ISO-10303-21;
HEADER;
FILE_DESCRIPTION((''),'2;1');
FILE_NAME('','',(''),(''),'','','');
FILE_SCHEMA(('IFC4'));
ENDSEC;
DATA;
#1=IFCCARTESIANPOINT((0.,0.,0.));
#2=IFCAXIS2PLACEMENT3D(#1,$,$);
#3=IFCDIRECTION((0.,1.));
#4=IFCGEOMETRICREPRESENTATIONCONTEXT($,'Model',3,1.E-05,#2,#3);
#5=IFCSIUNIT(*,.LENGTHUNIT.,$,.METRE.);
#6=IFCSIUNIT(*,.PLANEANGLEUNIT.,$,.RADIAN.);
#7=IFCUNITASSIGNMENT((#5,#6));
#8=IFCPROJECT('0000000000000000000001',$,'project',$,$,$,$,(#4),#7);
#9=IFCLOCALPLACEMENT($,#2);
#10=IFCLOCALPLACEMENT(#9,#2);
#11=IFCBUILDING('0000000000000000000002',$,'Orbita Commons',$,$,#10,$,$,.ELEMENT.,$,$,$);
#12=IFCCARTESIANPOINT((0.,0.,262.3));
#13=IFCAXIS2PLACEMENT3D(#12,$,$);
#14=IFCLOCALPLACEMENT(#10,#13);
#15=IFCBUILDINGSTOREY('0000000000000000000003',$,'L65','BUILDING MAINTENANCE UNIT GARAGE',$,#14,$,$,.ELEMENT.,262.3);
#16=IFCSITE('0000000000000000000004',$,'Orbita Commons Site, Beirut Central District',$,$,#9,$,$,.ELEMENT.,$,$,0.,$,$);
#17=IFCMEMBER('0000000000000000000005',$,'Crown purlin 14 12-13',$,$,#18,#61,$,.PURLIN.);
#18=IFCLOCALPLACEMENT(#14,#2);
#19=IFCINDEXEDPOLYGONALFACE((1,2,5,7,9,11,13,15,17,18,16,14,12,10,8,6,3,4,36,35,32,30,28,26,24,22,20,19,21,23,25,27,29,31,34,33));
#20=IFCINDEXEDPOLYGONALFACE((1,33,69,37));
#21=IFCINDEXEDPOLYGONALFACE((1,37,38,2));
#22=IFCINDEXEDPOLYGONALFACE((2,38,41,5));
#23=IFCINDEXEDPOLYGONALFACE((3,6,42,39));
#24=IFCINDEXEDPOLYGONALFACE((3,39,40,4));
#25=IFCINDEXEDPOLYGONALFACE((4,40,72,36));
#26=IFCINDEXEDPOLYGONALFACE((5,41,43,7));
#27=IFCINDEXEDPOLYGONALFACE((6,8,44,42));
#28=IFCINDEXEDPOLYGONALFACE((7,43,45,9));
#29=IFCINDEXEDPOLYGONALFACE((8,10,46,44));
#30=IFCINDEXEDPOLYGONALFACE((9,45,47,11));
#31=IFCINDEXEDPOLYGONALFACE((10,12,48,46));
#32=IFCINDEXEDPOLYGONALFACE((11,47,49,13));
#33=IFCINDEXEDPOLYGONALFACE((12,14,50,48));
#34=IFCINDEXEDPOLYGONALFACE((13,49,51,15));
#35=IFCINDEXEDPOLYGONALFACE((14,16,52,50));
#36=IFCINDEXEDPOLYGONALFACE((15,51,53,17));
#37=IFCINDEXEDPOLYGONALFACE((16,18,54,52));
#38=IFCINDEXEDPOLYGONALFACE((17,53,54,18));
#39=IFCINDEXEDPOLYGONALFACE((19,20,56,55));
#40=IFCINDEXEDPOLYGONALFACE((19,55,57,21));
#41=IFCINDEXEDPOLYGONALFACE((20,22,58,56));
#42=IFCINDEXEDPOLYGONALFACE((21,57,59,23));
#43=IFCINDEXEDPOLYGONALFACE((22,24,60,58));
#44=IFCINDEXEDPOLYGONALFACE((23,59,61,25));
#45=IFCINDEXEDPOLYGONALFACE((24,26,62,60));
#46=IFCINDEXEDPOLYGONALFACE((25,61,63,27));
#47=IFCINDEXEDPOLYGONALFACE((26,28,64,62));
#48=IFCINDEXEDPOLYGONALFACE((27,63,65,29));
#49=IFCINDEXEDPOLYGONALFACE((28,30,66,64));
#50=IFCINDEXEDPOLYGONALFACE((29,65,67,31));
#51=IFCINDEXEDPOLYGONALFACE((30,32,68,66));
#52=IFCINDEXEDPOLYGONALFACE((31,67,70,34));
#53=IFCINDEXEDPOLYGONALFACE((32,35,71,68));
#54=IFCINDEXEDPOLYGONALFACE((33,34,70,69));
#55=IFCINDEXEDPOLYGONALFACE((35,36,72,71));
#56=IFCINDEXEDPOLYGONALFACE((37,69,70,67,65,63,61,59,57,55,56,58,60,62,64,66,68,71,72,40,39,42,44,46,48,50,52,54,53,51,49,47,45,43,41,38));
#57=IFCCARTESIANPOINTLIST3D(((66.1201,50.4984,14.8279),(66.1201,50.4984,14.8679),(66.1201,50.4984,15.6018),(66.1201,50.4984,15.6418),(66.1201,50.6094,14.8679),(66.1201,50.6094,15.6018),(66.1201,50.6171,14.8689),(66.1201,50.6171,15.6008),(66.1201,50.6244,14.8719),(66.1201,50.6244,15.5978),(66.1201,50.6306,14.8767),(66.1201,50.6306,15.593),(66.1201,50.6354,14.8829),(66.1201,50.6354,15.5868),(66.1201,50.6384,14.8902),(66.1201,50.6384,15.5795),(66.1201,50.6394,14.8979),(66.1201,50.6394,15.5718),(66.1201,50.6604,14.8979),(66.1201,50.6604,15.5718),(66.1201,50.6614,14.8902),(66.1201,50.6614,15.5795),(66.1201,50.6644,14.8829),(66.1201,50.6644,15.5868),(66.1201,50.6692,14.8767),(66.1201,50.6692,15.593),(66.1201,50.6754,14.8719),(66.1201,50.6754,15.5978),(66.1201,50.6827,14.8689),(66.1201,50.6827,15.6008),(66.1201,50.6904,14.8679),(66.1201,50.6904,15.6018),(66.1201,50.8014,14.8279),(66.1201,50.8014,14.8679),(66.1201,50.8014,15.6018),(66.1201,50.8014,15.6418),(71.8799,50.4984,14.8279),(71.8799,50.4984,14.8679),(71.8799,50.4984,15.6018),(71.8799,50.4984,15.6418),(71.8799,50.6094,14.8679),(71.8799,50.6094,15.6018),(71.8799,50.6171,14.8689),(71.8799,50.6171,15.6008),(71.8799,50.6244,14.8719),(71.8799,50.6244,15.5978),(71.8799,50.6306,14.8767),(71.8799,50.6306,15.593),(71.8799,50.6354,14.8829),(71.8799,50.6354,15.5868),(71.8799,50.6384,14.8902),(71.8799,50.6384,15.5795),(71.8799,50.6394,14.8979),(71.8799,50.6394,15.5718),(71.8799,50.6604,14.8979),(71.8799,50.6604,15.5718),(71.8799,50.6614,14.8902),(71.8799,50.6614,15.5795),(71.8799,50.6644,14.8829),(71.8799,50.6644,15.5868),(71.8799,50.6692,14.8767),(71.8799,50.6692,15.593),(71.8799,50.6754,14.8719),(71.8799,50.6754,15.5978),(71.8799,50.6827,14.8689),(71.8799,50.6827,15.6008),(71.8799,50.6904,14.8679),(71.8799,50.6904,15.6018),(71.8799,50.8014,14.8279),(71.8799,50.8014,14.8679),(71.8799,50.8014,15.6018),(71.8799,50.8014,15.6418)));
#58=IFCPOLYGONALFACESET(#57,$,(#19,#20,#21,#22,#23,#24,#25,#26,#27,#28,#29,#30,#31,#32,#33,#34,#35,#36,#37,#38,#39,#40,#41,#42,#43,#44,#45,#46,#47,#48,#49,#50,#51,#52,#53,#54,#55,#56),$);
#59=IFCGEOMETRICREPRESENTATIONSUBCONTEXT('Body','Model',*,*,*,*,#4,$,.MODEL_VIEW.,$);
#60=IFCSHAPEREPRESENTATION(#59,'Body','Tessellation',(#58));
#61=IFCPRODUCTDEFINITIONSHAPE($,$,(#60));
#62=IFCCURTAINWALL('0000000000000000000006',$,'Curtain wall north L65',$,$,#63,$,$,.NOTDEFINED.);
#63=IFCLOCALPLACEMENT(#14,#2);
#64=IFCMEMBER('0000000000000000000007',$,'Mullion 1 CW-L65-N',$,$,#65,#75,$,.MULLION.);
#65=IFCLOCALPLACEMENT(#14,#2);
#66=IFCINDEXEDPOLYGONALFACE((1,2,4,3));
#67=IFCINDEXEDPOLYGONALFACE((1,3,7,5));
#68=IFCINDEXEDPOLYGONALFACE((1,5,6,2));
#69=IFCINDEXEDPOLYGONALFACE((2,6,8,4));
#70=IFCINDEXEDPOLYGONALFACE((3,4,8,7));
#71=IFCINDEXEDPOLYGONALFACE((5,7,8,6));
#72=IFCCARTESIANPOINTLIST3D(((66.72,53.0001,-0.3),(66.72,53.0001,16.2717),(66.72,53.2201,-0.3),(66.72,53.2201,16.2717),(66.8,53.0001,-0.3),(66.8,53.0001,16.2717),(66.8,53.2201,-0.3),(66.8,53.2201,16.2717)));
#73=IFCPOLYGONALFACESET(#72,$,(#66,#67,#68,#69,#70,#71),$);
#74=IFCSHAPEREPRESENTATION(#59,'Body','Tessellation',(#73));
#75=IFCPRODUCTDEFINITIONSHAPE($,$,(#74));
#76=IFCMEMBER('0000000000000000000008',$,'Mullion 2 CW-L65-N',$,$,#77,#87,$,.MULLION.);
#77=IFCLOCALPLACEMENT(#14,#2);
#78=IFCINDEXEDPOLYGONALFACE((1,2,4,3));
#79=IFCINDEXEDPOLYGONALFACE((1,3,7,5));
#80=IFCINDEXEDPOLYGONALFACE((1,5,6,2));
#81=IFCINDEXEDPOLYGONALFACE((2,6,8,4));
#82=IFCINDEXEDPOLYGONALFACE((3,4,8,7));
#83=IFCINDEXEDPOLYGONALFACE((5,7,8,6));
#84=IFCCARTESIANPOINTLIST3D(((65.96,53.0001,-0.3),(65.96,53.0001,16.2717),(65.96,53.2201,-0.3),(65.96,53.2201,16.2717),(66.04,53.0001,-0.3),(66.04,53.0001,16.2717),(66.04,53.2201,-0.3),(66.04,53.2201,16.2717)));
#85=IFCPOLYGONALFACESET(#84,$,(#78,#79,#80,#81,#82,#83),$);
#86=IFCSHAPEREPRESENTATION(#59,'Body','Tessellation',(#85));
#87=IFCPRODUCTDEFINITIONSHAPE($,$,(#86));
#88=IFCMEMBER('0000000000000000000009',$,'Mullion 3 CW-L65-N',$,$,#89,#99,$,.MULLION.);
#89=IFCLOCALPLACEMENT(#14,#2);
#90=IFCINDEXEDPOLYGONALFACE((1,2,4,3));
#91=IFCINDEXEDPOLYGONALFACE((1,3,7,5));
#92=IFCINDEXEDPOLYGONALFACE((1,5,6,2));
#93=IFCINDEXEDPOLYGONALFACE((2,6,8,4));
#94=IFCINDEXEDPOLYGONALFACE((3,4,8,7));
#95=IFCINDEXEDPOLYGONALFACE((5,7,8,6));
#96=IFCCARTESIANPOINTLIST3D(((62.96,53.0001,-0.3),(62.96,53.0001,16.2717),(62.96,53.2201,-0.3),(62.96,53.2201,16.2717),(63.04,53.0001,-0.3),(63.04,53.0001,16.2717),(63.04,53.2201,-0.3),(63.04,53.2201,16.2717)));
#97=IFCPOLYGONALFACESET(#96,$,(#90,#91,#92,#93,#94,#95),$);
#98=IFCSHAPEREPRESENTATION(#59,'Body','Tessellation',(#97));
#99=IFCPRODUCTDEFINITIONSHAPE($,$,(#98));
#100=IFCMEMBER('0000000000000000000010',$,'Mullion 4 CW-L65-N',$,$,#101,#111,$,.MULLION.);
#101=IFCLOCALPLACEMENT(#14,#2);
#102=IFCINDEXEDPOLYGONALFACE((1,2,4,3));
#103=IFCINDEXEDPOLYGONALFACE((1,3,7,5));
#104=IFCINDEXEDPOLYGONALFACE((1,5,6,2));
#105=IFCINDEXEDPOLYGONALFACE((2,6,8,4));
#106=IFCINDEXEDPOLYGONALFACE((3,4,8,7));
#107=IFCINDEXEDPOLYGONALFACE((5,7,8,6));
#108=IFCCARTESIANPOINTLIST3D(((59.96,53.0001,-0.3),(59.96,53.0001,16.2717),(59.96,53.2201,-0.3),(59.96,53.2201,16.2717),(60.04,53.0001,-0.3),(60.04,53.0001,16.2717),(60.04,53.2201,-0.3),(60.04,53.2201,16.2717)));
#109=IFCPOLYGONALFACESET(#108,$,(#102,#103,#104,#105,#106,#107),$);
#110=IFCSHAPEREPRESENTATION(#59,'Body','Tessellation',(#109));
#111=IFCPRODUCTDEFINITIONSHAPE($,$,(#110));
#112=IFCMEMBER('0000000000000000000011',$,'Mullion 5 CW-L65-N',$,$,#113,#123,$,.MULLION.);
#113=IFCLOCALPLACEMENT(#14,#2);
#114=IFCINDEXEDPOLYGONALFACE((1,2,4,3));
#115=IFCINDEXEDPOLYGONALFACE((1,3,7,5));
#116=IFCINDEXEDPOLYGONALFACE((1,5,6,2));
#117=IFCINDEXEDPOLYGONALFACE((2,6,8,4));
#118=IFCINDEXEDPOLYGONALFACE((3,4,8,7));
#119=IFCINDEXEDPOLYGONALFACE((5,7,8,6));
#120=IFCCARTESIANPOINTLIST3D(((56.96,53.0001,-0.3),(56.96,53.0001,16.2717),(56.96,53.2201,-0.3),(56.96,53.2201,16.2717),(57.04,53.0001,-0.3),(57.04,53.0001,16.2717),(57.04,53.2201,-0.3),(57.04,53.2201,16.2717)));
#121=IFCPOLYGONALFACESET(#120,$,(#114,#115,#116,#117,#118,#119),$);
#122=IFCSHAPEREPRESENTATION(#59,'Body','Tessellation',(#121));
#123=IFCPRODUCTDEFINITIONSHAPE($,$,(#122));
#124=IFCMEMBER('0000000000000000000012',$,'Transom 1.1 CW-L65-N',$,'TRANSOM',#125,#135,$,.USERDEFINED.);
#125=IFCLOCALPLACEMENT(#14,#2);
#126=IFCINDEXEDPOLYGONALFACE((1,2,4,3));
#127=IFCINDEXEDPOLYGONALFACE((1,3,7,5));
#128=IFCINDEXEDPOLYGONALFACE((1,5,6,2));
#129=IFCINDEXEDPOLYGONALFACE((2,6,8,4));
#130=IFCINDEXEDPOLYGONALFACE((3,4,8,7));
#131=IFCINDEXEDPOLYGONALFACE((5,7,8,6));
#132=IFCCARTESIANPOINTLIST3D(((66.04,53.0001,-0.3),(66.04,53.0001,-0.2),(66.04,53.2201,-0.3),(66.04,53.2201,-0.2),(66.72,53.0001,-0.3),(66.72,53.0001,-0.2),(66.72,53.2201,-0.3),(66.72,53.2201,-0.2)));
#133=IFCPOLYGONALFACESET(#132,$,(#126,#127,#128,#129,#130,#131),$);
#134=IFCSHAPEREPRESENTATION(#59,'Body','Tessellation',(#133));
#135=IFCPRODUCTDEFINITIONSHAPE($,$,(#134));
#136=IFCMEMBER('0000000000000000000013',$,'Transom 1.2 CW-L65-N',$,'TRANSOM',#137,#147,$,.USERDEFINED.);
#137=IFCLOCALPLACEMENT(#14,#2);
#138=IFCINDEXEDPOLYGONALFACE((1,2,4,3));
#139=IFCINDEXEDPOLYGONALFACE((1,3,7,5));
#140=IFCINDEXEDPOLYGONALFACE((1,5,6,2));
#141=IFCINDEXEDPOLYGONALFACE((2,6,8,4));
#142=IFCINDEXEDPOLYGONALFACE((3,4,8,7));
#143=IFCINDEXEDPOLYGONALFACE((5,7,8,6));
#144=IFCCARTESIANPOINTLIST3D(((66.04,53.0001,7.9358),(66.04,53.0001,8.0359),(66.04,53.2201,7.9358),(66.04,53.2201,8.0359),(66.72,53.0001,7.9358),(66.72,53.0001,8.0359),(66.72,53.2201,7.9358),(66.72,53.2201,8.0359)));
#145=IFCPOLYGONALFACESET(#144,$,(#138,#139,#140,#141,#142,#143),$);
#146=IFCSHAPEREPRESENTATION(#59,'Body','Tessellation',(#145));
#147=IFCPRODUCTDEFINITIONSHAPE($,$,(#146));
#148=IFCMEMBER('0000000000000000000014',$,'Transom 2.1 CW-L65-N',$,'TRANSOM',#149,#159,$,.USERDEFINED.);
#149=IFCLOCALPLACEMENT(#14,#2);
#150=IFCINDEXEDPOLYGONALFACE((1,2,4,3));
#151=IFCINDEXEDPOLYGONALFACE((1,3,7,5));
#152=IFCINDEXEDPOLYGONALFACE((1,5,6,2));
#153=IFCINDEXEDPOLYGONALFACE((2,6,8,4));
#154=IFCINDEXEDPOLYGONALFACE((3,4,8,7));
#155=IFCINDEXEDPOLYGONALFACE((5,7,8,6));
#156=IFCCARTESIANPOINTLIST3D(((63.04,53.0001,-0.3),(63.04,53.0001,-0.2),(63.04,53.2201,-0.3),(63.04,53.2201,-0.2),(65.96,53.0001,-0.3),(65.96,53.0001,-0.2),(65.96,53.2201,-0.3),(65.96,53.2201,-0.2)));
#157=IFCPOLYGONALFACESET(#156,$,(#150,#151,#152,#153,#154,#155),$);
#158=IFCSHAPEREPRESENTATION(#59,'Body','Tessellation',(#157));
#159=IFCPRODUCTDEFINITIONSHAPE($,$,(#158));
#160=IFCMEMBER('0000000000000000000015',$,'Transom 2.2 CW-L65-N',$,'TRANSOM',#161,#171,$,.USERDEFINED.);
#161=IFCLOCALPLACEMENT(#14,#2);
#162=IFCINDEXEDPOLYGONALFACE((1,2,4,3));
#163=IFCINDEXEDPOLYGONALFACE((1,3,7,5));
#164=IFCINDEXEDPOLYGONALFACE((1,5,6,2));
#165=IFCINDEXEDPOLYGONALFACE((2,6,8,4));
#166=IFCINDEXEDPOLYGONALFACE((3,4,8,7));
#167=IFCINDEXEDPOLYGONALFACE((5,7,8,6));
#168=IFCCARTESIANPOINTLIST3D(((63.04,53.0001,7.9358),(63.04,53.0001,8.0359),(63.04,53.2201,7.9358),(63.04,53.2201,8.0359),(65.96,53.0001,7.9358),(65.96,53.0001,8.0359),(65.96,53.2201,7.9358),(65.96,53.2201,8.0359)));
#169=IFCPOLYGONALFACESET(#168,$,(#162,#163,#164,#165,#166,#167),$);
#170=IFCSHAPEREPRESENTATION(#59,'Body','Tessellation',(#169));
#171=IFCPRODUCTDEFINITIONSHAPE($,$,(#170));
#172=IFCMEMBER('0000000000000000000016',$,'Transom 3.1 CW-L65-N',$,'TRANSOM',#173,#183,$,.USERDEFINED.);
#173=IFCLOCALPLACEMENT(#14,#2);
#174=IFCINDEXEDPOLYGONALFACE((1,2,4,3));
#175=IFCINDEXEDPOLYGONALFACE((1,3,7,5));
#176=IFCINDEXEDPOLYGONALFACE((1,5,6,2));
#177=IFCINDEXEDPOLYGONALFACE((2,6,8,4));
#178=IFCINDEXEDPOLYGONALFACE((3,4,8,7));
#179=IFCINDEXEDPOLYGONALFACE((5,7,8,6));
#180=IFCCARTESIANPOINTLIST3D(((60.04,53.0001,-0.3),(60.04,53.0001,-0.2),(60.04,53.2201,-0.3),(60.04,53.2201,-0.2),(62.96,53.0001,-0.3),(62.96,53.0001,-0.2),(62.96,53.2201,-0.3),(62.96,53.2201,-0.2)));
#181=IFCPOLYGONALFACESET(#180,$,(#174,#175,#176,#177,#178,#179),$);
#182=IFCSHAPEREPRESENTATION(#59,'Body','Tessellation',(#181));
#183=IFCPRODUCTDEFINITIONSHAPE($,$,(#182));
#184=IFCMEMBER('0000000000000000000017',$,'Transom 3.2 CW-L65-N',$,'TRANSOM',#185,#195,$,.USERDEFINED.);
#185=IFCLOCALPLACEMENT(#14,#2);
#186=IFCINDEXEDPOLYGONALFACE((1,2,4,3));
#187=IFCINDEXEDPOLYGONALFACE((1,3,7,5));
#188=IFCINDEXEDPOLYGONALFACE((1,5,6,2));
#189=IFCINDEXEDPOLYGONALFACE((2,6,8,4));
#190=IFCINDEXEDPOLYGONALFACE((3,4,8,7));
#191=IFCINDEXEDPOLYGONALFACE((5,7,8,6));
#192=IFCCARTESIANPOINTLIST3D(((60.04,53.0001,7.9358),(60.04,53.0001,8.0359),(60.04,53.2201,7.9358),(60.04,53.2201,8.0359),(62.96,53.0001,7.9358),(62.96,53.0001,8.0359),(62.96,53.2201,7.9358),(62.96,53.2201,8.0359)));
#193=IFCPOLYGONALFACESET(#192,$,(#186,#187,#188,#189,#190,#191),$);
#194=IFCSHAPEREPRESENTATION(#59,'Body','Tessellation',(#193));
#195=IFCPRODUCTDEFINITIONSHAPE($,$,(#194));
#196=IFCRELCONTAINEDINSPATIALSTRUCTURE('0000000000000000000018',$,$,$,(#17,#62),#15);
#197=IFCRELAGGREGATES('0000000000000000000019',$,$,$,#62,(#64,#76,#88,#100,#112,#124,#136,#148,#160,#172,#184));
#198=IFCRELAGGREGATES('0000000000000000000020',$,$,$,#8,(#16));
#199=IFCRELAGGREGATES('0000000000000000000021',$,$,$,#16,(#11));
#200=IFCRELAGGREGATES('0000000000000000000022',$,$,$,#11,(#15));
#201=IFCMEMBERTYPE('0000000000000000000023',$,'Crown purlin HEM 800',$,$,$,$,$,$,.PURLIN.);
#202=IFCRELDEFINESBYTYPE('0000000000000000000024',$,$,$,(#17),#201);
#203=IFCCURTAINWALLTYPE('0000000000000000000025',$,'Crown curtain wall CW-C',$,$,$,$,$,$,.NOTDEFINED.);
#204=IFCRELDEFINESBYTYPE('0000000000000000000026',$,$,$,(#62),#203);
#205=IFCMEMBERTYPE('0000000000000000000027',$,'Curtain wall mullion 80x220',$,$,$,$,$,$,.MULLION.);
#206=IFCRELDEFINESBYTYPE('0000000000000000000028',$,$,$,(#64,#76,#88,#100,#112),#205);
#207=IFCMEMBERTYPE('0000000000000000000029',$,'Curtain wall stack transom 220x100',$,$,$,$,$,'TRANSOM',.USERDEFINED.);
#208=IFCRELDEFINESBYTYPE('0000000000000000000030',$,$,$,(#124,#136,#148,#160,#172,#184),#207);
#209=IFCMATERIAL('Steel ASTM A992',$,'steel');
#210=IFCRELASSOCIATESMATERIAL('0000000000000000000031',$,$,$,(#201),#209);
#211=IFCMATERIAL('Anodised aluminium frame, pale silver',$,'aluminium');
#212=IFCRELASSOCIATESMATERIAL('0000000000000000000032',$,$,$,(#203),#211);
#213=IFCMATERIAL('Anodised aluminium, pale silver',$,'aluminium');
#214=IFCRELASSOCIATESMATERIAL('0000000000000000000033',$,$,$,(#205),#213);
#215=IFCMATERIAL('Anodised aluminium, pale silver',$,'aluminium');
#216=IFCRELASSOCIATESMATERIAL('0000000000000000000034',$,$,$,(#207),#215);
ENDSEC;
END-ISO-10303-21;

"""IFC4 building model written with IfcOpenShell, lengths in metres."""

from ifc_helpers import new_model, si_unit, direction, frame, origin, origin_2d, place, context, subcontext, project, spatial, rectangle, i_section, extrude, material, material_profile, profile_set, type_object, element, aggregate, save


model = new_model("IFC4")

# Units and contexts
model_context = context("Model", 3, precision=1e-05, world=origin(), true_north=direction((0.0, 1.0)))
body_context = subcontext(model_context, "Body", "Model", "MODEL_VIEW")
ifc_project = project(units=[si_unit("LENGTHUNIT", "METRE"), si_unit("PLANEANGLEUNIT", "RADIAN")], contexts=[model_context])

# Site, building, storey
site_placement = place(None, origin())
site = spatial("IfcSite", under=ifc_project, at=site_placement, Name="Orbita Commons Site, Beirut Central District", CompositionType="ELEMENT", RefElevation=0.0)
building_placement = place(site_placement, origin())
building = spatial("IfcBuilding", under=site, at=building_placement, Name="Orbita Commons", CompositionType="ELEMENT")
storey_placement = place(building_placement, frame((0.0, 0.0, 262.3)))
storey = spatial("IfcBuildingStorey", under=building, at=storey_placement, Name="L65", Description="BUILDING MAINTENANCE UNIT GARAGE", CompositionType="ELEMENT", Elevation=262.3)

# Member
ifc_material_1 = material(Name="Steel ASTM A992", Category="steel")
ifc_material_profile_1 = material_profile(ifc_material_1, i_section(OverallWidth=0.303, OverallDepth=0.814, WebThickness=0.021, FlangeThickness=0.04, FilletRadius=0.03, at=origin_2d()), Name="HEM 800")
ifc_profile_set_1 = profile_set([ifc_material_profile_1], Name="Steel ASTM A992")
member_type_1 = type_object("IfcMemberType", Name="Crown purlin HEM 800", PredefinedType="PURLIN", material=ifc_profile_set_1)
member_1_placement = place(storey_placement, frame((66.1201, 50.6499, 15.2349), z_axis=(1.0, 0.0, 0.0), x_axis=(0.0, 1.0, 0.0)))
element("IfcMember", 1, at=member_1_placement, inside=storey, type_object=member_type_1, Name="Crown purlin 14 12-13", PredefinedType="PURLIN", context=body_context, shape_type="SweptSolid", body=[
    extrude(i_section(OverallWidth=0.303, OverallDepth=0.814, WebThickness=0.021, FlangeThickness=0.04, FilletRadius=0.03, at=origin_2d()), origin(), (0.0, 0.0, 1.0), 5.7598),
])

# Curtain wall, members
ifc_material_2 = material(Name="Anodised aluminium frame, pale silver", Category="aluminium")
curtain_wall_type = type_object("IfcCurtainWallType", Name="Crown curtain wall CW-C", PredefinedType="NOTDEFINED", material=ifc_material_2)
curtain_wall_placement = place(storey_placement, origin())
curtain_wall = element("IfcCurtainWall", 2, at=curtain_wall_placement, inside=storey, type_object=curtain_wall_type, Name="Curtain wall north L65", PredefinedType="NOTDEFINED")
ifc_material_3 = material(Name="Anodised aluminium, pale silver", Category="aluminium")
ifc_material_profile_2 = material_profile(ifc_material_3, rectangle(XDim=0.0801, YDim=0.22, at=origin_2d()), Name="AL 80x220")
ifc_profile_set_2 = profile_set([ifc_material_profile_2], Name="Anodised aluminium, pale silver")
member_type_2 = type_object("IfcMemberType", Name="Curtain wall mullion 80x220", PredefinedType="MULLION", material=ifc_profile_set_2)
member_2_placement = place(storey_placement, frame((66.76, 53.1101, -0.3), z_axis=(0.0, 0.0, 1.0), x_axis=(-1.0, 0.0, 0.0)))
member_2 = element("IfcMember", 3, at=member_2_placement, type_object=member_type_2, Name="Mullion 1 CW-L65-N", PredefinedType="MULLION", context=body_context, shape_type="SweptSolid", body=[
    extrude(rectangle(XDim=0.0801, YDim=0.22, at=origin_2d()), origin(), (0.0, 0.0, 1.0), 16.5718),
])
member_3_placement = place(storey_placement, frame((66.0, 53.1101, -0.3), z_axis=(0.0, 0.0, 1.0), x_axis=(-1.0, 0.0, 0.0)))
member_3 = element("IfcMember", 4, at=member_3_placement, type_object=member_type_2, Name="Mullion 2 CW-L65-N", PredefinedType="MULLION", context=body_context, shape_type="SweptSolid", body=[
    extrude(rectangle(XDim=0.0801, YDim=0.22, at=origin_2d()), origin(), (0.0, 0.0, 1.0), 16.5718),
])
member_4_placement = place(storey_placement, frame((63.0, 53.1101, -0.3), z_axis=(0.0, 0.0, 1.0), x_axis=(-1.0, 0.0, 0.0)))
member_4 = element("IfcMember", 5, at=member_4_placement, type_object=member_type_2, Name="Mullion 3 CW-L65-N", PredefinedType="MULLION", context=body_context, shape_type="SweptSolid", body=[
    extrude(rectangle(XDim=0.0801, YDim=0.22, at=origin_2d()), origin(), (0.0, 0.0, 1.0), 16.5718),
])
member_5_placement = place(storey_placement, frame((60.0, 53.1101, -0.3), z_axis=(0.0, 0.0, 1.0), x_axis=(-1.0, 0.0, 0.0)))
member_5 = element("IfcMember", 6, at=member_5_placement, type_object=member_type_2, Name="Mullion 4 CW-L65-N", PredefinedType="MULLION", context=body_context, shape_type="SweptSolid", body=[
    extrude(rectangle(XDim=0.0801, YDim=0.22, at=origin_2d()), origin(), (0.0, 0.0, 1.0), 16.5718),
])
member_6_placement = place(storey_placement, frame((57.0, 53.1101, -0.3), z_axis=(0.0, 0.0, 1.0), x_axis=(-1.0, 0.0, 0.0)))
member_6 = element("IfcMember", 7, at=member_6_placement, type_object=member_type_2, Name="Mullion 5 CW-L65-N", PredefinedType="MULLION", context=body_context, shape_type="SweptSolid", body=[
    extrude(rectangle(XDim=0.0801, YDim=0.22, at=origin_2d()), origin(), (0.0, 0.0, 1.0), 16.5718),
])
ifc_material_4 = material(Name="Anodised aluminium, pale silver", Category="aluminium")
ifc_material_profile_3 = material_profile(ifc_material_4, rectangle(XDim=0.22, YDim=0.1001, at=origin_2d()), Name="AL 220x100")
ifc_profile_set_3 = profile_set([ifc_material_profile_3], Name="Anodised aluminium, pale silver")
member_type_3 = type_object("IfcMemberType", Name="Curtain wall stack transom 220x100", ElementType="TRANSOM", PredefinedType="USERDEFINED", material=ifc_profile_set_3)
member_7_placement = place(storey_placement, frame((66.72, 53.1101, -0.25), z_axis=(-1.0, 0.0, 0.0), x_axis=(0.0, -1.0, 0.0)))
member_7 = element("IfcMember", 8, at=member_7_placement, type_object=member_type_3, Name="Transom 1.1 CW-L65-N", ObjectType="TRANSOM", PredefinedType="USERDEFINED", context=body_context, shape_type="SweptSolid", body=[
    extrude(rectangle(XDim=0.22, YDim=0.1001, at=origin_2d()), origin(), (0.0, 0.0, 1.0), 0.6799),
])
member_8_placement = place(storey_placement, frame((66.72, 53.1101, 7.9858), z_axis=(-1.0, 0.0, 0.0), x_axis=(0.0, -1.0, 0.0)))
member_8 = element("IfcMember", 9, at=member_8_placement, type_object=member_type_3, Name="Transom 1.2 CW-L65-N", ObjectType="TRANSOM", PredefinedType="USERDEFINED", context=body_context, shape_type="SweptSolid", body=[
    extrude(rectangle(XDim=0.22, YDim=0.1001, at=origin_2d()), origin(), (0.0, 0.0, 1.0), 0.6799),
])
member_9_placement = place(storey_placement, frame((65.96, 53.1101, -0.25), z_axis=(-1.0, 0.0, 0.0), x_axis=(0.0, -1.0, 0.0)))
member_9 = element("IfcMember", 10, at=member_9_placement, type_object=member_type_3, Name="Transom 2.1 CW-L65-N", ObjectType="TRANSOM", PredefinedType="USERDEFINED", context=body_context, shape_type="SweptSolid", body=[
    extrude(rectangle(XDim=0.22, YDim=0.1001, at=origin_2d()), origin(), (0.0, 0.0, 1.0), 2.9199),
])
member_10_placement = place(storey_placement, frame((65.96, 53.1101, 7.9858), z_axis=(-1.0, 0.0, 0.0), x_axis=(0.0, -1.0, 0.0)))
member_10 = element("IfcMember", 11, at=member_10_placement, type_object=member_type_3, Name="Transom 2.2 CW-L65-N", ObjectType="TRANSOM", PredefinedType="USERDEFINED", context=body_context, shape_type="SweptSolid", body=[
    extrude(rectangle(XDim=0.22, YDim=0.1001, at=origin_2d()), origin(), (0.0, 0.0, 1.0), 2.9199),
])
member_11_placement = place(storey_placement, frame((62.96, 53.1101, -0.25), z_axis=(-1.0, 0.0, 0.0), x_axis=(0.0, -1.0, 0.0)))
member_11 = element("IfcMember", 12, at=member_11_placement, type_object=member_type_3, Name="Transom 3.1 CW-L65-N", ObjectType="TRANSOM", PredefinedType="USERDEFINED", context=body_context, shape_type="SweptSolid", body=[
    extrude(rectangle(XDim=0.22, YDim=0.1001, at=origin_2d()), origin(), (0.0, 0.0, 1.0), 2.9199),
])
member_12_placement = place(storey_placement, frame((62.96, 53.1101, 7.9858), z_axis=(-1.0, 0.0, 0.0), x_axis=(0.0, -1.0, 0.0)))
member_12 = element("IfcMember", 13, at=member_12_placement, type_object=member_type_3, Name="Transom 3.2 CW-L65-N", ObjectType="TRANSOM", PredefinedType="USERDEFINED", context=body_context, shape_type="SweptSolid", body=[
    extrude(rectangle(XDim=0.22, YDim=0.1001, at=origin_2d()), origin(), (0.0, 0.0, 1.0), 2.9199),
])
aggregate(curtain_wall, [member_2, member_3, member_4, member_5, member_6, member_7, member_8, member_9, member_10, member_11, member_12])

save(model, "model.ifc")
